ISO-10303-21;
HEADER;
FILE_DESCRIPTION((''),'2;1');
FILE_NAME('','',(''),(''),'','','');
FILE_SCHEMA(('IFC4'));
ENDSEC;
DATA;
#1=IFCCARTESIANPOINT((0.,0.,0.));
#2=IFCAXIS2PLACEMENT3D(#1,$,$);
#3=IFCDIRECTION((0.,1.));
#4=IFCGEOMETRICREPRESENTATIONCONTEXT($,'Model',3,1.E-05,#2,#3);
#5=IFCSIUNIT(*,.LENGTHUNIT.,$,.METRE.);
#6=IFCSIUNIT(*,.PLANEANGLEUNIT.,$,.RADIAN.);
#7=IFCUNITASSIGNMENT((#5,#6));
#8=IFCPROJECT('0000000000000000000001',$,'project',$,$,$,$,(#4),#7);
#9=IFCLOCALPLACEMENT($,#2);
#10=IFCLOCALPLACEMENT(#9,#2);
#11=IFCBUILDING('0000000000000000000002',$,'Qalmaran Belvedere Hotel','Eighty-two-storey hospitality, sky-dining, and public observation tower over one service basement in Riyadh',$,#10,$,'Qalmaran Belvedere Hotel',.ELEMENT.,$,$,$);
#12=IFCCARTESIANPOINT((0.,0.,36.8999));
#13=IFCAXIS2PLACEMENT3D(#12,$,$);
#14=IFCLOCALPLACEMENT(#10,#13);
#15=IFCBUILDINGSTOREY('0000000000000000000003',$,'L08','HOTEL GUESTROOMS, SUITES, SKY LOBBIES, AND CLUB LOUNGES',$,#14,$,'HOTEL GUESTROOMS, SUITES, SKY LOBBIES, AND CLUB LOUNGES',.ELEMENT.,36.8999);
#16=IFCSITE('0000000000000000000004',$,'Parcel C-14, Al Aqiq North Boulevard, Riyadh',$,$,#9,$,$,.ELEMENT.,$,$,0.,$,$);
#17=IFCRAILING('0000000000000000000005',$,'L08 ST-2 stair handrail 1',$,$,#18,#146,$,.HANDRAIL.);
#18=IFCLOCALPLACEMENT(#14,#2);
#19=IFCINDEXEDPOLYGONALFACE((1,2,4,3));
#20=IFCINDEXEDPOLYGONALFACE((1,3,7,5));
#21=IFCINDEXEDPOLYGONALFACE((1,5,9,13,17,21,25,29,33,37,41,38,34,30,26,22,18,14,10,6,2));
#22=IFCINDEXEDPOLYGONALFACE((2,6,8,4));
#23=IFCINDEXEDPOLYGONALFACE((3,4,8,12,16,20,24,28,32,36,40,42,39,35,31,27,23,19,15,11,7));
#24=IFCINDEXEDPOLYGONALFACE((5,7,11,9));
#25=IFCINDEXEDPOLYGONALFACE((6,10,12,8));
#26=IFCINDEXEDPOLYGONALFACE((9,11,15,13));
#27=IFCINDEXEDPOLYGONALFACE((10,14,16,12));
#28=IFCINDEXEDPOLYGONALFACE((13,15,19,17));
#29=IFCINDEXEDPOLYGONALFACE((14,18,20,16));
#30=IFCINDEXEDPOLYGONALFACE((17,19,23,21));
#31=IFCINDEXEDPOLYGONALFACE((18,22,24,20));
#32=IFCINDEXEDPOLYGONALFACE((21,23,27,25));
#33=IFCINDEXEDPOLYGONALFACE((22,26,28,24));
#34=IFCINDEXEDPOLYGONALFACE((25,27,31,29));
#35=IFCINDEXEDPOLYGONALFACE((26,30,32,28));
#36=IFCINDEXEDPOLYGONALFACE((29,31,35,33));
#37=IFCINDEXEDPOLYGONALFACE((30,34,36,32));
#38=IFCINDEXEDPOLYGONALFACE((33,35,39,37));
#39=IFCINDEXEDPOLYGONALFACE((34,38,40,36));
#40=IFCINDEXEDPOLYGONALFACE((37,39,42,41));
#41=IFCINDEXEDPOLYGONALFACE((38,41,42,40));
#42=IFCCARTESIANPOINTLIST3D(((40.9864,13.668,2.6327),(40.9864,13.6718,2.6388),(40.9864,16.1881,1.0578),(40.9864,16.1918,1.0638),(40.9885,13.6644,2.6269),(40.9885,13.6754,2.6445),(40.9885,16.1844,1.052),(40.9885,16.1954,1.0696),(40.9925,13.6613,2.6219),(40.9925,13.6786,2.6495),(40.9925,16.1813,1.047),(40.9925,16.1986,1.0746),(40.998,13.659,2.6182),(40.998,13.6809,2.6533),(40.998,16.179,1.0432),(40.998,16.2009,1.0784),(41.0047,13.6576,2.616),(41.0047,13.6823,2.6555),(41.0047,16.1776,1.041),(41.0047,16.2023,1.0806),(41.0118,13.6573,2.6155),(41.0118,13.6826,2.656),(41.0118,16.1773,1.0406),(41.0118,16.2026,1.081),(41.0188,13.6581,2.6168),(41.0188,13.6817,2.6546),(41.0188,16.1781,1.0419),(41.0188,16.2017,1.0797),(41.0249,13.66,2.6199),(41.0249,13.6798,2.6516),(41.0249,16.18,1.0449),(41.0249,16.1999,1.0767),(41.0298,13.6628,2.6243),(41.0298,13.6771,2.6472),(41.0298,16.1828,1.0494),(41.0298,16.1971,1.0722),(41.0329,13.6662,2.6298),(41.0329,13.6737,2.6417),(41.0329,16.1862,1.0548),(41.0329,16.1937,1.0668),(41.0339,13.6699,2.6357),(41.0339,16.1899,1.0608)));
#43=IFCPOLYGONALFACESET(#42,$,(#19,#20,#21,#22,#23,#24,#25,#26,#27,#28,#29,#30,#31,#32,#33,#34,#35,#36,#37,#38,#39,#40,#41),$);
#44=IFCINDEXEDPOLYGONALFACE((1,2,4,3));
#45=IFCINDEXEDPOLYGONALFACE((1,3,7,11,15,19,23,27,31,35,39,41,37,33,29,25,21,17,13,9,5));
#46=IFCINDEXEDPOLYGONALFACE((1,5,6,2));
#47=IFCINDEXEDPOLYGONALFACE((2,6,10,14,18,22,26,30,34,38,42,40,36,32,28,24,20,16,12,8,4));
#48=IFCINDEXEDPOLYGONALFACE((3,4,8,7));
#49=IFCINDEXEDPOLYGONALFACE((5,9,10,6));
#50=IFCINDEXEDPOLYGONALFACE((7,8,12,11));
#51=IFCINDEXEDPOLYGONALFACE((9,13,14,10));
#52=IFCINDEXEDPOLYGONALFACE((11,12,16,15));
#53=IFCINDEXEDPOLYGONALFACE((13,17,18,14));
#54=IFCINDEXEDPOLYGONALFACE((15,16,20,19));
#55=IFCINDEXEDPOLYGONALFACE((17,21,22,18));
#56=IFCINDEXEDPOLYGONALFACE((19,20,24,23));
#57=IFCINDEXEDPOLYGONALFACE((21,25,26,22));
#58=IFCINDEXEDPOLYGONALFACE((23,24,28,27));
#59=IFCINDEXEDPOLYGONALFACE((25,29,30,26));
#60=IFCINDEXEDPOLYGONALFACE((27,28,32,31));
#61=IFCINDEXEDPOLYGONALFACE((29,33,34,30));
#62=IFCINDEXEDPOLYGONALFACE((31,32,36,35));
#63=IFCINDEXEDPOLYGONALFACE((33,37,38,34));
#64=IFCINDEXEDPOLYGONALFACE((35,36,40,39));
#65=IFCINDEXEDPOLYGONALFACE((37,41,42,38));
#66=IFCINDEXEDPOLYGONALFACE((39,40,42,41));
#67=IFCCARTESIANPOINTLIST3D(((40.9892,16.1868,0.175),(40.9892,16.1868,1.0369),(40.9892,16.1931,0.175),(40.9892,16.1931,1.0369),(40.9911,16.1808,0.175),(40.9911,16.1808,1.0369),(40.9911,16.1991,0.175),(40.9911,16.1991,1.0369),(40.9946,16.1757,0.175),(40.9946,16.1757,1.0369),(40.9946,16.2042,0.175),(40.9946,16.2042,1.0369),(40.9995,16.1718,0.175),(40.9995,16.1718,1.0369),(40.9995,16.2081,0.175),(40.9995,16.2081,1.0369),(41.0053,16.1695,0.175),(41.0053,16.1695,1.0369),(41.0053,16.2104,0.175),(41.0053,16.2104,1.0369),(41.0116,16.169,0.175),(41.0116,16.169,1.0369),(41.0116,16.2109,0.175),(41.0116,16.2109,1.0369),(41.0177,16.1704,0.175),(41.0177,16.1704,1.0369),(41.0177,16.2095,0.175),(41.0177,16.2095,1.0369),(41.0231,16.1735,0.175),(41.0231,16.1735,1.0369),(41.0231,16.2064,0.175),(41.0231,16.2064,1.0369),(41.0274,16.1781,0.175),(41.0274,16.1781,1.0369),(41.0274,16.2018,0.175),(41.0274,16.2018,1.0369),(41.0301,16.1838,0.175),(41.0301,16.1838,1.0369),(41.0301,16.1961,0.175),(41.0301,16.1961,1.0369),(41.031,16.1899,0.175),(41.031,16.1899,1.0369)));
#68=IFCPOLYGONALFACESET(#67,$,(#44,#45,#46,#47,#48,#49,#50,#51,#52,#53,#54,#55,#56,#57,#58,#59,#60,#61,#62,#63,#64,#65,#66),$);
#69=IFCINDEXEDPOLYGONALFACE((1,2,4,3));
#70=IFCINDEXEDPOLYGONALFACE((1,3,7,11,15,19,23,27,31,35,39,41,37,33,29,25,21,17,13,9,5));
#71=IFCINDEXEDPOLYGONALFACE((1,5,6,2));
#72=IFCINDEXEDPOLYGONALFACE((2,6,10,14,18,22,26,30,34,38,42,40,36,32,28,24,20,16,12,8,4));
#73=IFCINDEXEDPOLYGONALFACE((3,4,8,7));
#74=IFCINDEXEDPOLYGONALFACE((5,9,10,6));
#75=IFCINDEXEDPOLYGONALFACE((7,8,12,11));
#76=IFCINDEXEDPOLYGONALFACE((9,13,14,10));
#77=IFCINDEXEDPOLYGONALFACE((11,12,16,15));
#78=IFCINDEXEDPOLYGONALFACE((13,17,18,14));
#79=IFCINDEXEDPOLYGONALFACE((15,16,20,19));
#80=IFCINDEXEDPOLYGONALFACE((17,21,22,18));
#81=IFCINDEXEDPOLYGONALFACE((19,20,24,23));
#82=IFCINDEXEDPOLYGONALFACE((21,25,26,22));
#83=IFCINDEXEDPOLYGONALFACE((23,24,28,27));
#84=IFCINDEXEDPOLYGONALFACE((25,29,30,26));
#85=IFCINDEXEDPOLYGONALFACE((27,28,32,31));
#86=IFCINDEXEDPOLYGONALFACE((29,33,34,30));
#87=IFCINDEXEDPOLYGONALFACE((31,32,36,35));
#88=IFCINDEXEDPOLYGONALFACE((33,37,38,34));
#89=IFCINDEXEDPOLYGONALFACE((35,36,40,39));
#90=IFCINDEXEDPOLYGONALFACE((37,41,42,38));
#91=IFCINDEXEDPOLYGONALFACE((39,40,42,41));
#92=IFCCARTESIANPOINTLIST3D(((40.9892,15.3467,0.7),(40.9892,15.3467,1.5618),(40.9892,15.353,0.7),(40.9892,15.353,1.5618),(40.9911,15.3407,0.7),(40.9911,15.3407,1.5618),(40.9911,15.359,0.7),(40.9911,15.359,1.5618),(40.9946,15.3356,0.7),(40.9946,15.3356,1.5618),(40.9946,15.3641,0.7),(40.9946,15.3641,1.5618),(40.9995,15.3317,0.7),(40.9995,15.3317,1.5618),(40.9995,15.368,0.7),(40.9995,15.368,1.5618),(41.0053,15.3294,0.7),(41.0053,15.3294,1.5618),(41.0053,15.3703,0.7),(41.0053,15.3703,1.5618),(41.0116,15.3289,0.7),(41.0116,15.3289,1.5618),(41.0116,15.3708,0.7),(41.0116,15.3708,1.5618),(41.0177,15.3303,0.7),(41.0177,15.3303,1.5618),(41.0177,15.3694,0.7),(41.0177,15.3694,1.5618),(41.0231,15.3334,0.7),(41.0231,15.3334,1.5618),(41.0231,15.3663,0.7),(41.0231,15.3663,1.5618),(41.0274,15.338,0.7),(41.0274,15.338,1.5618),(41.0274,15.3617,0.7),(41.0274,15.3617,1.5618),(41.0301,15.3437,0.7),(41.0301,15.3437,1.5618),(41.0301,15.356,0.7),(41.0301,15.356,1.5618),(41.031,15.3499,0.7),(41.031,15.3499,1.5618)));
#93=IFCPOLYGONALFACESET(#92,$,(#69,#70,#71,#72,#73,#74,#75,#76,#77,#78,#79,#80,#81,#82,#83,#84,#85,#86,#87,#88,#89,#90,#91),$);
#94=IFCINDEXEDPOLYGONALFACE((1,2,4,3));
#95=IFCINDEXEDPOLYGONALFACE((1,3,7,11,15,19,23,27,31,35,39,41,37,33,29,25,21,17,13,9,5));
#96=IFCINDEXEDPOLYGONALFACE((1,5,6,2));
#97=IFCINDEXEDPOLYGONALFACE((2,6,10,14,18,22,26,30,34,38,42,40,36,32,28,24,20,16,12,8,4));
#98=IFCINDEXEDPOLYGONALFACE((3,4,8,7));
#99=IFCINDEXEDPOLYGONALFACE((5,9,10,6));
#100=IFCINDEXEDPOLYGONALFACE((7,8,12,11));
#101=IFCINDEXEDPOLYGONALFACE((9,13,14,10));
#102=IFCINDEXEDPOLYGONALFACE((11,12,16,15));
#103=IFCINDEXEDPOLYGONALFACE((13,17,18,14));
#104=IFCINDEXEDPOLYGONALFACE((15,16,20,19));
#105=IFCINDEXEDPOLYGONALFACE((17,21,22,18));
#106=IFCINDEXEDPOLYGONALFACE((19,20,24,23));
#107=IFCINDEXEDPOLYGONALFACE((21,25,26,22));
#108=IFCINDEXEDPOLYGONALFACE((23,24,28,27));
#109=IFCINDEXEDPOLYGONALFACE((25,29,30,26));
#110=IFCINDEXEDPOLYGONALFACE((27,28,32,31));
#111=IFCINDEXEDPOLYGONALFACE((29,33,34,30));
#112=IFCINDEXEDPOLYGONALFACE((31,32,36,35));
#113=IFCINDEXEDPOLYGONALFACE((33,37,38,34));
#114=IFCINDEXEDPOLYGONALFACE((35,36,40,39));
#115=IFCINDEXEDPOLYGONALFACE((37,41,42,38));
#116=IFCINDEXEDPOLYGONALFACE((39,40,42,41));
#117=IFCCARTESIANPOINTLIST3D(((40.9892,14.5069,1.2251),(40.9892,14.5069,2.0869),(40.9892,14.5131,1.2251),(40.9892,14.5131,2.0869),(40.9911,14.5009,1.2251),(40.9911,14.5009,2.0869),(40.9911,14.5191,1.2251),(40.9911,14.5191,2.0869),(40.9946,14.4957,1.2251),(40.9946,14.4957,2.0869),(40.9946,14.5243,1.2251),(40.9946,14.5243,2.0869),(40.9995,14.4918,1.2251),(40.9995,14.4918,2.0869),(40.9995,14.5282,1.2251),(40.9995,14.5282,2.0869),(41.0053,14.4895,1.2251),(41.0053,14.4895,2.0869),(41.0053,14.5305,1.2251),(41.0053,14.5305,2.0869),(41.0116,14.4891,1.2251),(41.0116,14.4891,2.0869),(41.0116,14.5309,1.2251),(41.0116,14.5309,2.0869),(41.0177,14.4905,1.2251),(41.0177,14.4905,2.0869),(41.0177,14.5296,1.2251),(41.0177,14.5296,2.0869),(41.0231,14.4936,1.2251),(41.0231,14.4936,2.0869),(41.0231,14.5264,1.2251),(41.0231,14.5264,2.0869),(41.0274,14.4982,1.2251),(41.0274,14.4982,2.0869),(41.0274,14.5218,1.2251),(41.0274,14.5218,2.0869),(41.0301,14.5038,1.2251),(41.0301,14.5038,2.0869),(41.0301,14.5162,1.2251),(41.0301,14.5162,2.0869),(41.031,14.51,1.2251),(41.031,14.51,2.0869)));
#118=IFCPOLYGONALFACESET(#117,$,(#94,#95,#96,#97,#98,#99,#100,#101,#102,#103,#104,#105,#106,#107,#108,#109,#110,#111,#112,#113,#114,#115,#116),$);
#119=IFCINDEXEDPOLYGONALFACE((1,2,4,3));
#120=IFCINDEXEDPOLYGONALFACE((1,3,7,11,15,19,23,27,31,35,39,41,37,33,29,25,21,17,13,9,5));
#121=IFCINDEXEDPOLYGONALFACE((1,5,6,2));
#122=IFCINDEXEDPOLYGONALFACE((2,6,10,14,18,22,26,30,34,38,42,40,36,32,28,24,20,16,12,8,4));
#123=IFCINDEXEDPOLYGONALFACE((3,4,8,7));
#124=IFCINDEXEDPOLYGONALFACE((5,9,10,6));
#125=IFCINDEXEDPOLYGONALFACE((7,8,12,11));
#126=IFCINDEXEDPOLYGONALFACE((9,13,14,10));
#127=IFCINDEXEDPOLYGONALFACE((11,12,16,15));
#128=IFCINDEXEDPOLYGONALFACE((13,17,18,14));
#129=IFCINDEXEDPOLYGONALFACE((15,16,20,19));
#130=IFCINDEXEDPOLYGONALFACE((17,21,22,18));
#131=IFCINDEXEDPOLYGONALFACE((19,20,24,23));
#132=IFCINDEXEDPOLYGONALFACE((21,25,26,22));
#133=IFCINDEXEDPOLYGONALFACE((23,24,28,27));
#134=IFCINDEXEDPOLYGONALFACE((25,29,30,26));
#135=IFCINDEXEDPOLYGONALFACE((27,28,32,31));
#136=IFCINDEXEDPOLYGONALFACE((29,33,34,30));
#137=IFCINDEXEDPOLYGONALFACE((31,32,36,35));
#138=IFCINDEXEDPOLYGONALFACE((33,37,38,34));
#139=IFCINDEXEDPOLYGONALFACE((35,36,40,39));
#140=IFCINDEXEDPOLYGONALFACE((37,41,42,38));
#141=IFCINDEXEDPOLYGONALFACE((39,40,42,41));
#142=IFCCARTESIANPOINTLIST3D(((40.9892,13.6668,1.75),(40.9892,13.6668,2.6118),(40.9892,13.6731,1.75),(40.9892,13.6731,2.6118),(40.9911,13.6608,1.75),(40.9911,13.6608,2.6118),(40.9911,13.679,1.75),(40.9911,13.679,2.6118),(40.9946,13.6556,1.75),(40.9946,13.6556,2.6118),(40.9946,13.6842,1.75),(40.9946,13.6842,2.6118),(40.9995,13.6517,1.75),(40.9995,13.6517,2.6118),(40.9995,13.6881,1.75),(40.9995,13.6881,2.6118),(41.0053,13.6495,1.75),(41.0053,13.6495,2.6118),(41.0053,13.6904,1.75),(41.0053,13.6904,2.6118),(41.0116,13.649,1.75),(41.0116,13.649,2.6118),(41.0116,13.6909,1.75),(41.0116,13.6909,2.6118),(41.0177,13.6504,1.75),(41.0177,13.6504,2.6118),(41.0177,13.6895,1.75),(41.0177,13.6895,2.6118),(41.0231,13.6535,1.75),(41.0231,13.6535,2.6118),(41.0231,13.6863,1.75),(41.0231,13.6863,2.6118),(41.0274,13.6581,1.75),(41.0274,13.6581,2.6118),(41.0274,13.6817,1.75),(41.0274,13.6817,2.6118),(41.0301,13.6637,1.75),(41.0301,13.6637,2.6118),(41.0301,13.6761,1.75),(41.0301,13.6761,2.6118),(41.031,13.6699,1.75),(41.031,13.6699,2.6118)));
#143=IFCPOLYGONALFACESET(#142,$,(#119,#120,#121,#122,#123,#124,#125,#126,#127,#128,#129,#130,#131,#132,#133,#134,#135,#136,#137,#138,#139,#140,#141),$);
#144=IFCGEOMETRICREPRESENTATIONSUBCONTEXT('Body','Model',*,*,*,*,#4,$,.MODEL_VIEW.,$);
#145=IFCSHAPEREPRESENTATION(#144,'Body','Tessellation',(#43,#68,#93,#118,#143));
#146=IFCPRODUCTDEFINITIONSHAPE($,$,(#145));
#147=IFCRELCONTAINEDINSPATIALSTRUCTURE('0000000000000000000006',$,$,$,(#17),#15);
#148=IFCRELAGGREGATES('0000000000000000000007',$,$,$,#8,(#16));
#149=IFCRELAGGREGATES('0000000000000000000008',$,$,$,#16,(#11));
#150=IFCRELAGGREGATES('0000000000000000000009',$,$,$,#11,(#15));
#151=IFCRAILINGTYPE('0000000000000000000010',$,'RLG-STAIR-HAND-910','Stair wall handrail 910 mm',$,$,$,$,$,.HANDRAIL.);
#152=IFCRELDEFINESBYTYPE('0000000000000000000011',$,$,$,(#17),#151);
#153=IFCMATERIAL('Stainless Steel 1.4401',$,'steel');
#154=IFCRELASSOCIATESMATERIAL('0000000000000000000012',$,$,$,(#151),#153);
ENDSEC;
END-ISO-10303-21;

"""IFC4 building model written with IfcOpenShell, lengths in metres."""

from ifc_helpers import new_model, si_unit, direction, frame, origin, origin_2d, place, context, subcontext, project, spatial, circle, extrude, material, type_object, element, save


model = new_model("IFC4")

# Units and contexts
model_context = context("Model", 3, precision=1e-05, world=origin(), true_north=direction((0.0, 1.0)))
body_context = subcontext(model_context, "Body", "Model", "MODEL_VIEW")
ifc_project = project(units=[si_unit("LENGTHUNIT", "METRE"), si_unit("PLANEANGLEUNIT", "RADIAN")], contexts=[model_context])

# Site, building, storey
site_placement = place(None, origin())
site = spatial("IfcSite", under=ifc_project, at=site_placement, Name="Parcel C-14, Al Aqiq North Boulevard, Riyadh", CompositionType="ELEMENT", RefElevation=0.0)
building_placement = place(site_placement, origin())
building = spatial("IfcBuilding", under=site, at=building_placement, Name="Qalmaran Belvedere Hotel", Description="Eighty-two-storey hospitality, sky-dining, and public observation tower over one service basement in Riyadh", LongName="Qalmaran Belvedere Hotel", CompositionType="ELEMENT")
storey_placement = place(building_placement, frame((0.0, 0.0, 36.8999)))
storey = spatial("IfcBuildingStorey", under=building, at=storey_placement, Name="L08", Description="HOTEL GUESTROOMS, SUITES, SKY LOBBIES, AND CLUB LOUNGES", LongName="HOTEL GUESTROOMS, SUITES, SKY LOBBIES, AND CLUB LOUNGES", CompositionType="ELEMENT", Elevation=36.8999)

# Shared definitions
ifc_material_1 = material(Name="Stainless Steel 1.4401", Category="steel")

# Railing
railing_type_1 = type_object("IfcRailingType", Name="RLG-STAIR-HAND-910", Description="Stair wall handrail 910 mm", PredefinedType="HANDRAIL", material=ifc_material_1)
railing_1_placement = place(storey_placement, frame((41.01, 16.1899, 0.175)))
element("IfcRailing", 1, at=railing_1_placement, inside=storey, type_object=railing_type_1, Name="L08 ST-2 stair handrail 1", PredefinedType="HANDRAIL", context=body_context, shape_type="SweptSolid", body=[
    extrude(circle(Radius=0.0239, at=origin_2d()), frame((0.0, 0.0, 0.8857), z_axis=(0.0, -0.848008, 0.529984), x_axis=(1.0, 0.0, 0.0)), (0.0, 0.0, 1.0), 2.9717),
    extrude(circle(Radius=0.021, at=origin_2d()), origin(), (0.0, 0.0, 1.0), 0.8618),
    extrude(circle(Radius=0.021, at=origin_2d()), frame((0.0, -0.8401, 0.5249)), (0.0, 0.0, 1.0), 0.8618),
    extrude(circle(Radius=0.021, at=origin_2d()), frame((0.0, -1.6799, 1.05)), (0.0, 0.0, 1.0), 0.8618),
    extrude(circle(Radius=0.021, at=origin_2d()), frame((0.0, -2.52, 1.575)), (0.0, 0.0, 1.0), 0.8618),
])

save(model, "model.ifc")
